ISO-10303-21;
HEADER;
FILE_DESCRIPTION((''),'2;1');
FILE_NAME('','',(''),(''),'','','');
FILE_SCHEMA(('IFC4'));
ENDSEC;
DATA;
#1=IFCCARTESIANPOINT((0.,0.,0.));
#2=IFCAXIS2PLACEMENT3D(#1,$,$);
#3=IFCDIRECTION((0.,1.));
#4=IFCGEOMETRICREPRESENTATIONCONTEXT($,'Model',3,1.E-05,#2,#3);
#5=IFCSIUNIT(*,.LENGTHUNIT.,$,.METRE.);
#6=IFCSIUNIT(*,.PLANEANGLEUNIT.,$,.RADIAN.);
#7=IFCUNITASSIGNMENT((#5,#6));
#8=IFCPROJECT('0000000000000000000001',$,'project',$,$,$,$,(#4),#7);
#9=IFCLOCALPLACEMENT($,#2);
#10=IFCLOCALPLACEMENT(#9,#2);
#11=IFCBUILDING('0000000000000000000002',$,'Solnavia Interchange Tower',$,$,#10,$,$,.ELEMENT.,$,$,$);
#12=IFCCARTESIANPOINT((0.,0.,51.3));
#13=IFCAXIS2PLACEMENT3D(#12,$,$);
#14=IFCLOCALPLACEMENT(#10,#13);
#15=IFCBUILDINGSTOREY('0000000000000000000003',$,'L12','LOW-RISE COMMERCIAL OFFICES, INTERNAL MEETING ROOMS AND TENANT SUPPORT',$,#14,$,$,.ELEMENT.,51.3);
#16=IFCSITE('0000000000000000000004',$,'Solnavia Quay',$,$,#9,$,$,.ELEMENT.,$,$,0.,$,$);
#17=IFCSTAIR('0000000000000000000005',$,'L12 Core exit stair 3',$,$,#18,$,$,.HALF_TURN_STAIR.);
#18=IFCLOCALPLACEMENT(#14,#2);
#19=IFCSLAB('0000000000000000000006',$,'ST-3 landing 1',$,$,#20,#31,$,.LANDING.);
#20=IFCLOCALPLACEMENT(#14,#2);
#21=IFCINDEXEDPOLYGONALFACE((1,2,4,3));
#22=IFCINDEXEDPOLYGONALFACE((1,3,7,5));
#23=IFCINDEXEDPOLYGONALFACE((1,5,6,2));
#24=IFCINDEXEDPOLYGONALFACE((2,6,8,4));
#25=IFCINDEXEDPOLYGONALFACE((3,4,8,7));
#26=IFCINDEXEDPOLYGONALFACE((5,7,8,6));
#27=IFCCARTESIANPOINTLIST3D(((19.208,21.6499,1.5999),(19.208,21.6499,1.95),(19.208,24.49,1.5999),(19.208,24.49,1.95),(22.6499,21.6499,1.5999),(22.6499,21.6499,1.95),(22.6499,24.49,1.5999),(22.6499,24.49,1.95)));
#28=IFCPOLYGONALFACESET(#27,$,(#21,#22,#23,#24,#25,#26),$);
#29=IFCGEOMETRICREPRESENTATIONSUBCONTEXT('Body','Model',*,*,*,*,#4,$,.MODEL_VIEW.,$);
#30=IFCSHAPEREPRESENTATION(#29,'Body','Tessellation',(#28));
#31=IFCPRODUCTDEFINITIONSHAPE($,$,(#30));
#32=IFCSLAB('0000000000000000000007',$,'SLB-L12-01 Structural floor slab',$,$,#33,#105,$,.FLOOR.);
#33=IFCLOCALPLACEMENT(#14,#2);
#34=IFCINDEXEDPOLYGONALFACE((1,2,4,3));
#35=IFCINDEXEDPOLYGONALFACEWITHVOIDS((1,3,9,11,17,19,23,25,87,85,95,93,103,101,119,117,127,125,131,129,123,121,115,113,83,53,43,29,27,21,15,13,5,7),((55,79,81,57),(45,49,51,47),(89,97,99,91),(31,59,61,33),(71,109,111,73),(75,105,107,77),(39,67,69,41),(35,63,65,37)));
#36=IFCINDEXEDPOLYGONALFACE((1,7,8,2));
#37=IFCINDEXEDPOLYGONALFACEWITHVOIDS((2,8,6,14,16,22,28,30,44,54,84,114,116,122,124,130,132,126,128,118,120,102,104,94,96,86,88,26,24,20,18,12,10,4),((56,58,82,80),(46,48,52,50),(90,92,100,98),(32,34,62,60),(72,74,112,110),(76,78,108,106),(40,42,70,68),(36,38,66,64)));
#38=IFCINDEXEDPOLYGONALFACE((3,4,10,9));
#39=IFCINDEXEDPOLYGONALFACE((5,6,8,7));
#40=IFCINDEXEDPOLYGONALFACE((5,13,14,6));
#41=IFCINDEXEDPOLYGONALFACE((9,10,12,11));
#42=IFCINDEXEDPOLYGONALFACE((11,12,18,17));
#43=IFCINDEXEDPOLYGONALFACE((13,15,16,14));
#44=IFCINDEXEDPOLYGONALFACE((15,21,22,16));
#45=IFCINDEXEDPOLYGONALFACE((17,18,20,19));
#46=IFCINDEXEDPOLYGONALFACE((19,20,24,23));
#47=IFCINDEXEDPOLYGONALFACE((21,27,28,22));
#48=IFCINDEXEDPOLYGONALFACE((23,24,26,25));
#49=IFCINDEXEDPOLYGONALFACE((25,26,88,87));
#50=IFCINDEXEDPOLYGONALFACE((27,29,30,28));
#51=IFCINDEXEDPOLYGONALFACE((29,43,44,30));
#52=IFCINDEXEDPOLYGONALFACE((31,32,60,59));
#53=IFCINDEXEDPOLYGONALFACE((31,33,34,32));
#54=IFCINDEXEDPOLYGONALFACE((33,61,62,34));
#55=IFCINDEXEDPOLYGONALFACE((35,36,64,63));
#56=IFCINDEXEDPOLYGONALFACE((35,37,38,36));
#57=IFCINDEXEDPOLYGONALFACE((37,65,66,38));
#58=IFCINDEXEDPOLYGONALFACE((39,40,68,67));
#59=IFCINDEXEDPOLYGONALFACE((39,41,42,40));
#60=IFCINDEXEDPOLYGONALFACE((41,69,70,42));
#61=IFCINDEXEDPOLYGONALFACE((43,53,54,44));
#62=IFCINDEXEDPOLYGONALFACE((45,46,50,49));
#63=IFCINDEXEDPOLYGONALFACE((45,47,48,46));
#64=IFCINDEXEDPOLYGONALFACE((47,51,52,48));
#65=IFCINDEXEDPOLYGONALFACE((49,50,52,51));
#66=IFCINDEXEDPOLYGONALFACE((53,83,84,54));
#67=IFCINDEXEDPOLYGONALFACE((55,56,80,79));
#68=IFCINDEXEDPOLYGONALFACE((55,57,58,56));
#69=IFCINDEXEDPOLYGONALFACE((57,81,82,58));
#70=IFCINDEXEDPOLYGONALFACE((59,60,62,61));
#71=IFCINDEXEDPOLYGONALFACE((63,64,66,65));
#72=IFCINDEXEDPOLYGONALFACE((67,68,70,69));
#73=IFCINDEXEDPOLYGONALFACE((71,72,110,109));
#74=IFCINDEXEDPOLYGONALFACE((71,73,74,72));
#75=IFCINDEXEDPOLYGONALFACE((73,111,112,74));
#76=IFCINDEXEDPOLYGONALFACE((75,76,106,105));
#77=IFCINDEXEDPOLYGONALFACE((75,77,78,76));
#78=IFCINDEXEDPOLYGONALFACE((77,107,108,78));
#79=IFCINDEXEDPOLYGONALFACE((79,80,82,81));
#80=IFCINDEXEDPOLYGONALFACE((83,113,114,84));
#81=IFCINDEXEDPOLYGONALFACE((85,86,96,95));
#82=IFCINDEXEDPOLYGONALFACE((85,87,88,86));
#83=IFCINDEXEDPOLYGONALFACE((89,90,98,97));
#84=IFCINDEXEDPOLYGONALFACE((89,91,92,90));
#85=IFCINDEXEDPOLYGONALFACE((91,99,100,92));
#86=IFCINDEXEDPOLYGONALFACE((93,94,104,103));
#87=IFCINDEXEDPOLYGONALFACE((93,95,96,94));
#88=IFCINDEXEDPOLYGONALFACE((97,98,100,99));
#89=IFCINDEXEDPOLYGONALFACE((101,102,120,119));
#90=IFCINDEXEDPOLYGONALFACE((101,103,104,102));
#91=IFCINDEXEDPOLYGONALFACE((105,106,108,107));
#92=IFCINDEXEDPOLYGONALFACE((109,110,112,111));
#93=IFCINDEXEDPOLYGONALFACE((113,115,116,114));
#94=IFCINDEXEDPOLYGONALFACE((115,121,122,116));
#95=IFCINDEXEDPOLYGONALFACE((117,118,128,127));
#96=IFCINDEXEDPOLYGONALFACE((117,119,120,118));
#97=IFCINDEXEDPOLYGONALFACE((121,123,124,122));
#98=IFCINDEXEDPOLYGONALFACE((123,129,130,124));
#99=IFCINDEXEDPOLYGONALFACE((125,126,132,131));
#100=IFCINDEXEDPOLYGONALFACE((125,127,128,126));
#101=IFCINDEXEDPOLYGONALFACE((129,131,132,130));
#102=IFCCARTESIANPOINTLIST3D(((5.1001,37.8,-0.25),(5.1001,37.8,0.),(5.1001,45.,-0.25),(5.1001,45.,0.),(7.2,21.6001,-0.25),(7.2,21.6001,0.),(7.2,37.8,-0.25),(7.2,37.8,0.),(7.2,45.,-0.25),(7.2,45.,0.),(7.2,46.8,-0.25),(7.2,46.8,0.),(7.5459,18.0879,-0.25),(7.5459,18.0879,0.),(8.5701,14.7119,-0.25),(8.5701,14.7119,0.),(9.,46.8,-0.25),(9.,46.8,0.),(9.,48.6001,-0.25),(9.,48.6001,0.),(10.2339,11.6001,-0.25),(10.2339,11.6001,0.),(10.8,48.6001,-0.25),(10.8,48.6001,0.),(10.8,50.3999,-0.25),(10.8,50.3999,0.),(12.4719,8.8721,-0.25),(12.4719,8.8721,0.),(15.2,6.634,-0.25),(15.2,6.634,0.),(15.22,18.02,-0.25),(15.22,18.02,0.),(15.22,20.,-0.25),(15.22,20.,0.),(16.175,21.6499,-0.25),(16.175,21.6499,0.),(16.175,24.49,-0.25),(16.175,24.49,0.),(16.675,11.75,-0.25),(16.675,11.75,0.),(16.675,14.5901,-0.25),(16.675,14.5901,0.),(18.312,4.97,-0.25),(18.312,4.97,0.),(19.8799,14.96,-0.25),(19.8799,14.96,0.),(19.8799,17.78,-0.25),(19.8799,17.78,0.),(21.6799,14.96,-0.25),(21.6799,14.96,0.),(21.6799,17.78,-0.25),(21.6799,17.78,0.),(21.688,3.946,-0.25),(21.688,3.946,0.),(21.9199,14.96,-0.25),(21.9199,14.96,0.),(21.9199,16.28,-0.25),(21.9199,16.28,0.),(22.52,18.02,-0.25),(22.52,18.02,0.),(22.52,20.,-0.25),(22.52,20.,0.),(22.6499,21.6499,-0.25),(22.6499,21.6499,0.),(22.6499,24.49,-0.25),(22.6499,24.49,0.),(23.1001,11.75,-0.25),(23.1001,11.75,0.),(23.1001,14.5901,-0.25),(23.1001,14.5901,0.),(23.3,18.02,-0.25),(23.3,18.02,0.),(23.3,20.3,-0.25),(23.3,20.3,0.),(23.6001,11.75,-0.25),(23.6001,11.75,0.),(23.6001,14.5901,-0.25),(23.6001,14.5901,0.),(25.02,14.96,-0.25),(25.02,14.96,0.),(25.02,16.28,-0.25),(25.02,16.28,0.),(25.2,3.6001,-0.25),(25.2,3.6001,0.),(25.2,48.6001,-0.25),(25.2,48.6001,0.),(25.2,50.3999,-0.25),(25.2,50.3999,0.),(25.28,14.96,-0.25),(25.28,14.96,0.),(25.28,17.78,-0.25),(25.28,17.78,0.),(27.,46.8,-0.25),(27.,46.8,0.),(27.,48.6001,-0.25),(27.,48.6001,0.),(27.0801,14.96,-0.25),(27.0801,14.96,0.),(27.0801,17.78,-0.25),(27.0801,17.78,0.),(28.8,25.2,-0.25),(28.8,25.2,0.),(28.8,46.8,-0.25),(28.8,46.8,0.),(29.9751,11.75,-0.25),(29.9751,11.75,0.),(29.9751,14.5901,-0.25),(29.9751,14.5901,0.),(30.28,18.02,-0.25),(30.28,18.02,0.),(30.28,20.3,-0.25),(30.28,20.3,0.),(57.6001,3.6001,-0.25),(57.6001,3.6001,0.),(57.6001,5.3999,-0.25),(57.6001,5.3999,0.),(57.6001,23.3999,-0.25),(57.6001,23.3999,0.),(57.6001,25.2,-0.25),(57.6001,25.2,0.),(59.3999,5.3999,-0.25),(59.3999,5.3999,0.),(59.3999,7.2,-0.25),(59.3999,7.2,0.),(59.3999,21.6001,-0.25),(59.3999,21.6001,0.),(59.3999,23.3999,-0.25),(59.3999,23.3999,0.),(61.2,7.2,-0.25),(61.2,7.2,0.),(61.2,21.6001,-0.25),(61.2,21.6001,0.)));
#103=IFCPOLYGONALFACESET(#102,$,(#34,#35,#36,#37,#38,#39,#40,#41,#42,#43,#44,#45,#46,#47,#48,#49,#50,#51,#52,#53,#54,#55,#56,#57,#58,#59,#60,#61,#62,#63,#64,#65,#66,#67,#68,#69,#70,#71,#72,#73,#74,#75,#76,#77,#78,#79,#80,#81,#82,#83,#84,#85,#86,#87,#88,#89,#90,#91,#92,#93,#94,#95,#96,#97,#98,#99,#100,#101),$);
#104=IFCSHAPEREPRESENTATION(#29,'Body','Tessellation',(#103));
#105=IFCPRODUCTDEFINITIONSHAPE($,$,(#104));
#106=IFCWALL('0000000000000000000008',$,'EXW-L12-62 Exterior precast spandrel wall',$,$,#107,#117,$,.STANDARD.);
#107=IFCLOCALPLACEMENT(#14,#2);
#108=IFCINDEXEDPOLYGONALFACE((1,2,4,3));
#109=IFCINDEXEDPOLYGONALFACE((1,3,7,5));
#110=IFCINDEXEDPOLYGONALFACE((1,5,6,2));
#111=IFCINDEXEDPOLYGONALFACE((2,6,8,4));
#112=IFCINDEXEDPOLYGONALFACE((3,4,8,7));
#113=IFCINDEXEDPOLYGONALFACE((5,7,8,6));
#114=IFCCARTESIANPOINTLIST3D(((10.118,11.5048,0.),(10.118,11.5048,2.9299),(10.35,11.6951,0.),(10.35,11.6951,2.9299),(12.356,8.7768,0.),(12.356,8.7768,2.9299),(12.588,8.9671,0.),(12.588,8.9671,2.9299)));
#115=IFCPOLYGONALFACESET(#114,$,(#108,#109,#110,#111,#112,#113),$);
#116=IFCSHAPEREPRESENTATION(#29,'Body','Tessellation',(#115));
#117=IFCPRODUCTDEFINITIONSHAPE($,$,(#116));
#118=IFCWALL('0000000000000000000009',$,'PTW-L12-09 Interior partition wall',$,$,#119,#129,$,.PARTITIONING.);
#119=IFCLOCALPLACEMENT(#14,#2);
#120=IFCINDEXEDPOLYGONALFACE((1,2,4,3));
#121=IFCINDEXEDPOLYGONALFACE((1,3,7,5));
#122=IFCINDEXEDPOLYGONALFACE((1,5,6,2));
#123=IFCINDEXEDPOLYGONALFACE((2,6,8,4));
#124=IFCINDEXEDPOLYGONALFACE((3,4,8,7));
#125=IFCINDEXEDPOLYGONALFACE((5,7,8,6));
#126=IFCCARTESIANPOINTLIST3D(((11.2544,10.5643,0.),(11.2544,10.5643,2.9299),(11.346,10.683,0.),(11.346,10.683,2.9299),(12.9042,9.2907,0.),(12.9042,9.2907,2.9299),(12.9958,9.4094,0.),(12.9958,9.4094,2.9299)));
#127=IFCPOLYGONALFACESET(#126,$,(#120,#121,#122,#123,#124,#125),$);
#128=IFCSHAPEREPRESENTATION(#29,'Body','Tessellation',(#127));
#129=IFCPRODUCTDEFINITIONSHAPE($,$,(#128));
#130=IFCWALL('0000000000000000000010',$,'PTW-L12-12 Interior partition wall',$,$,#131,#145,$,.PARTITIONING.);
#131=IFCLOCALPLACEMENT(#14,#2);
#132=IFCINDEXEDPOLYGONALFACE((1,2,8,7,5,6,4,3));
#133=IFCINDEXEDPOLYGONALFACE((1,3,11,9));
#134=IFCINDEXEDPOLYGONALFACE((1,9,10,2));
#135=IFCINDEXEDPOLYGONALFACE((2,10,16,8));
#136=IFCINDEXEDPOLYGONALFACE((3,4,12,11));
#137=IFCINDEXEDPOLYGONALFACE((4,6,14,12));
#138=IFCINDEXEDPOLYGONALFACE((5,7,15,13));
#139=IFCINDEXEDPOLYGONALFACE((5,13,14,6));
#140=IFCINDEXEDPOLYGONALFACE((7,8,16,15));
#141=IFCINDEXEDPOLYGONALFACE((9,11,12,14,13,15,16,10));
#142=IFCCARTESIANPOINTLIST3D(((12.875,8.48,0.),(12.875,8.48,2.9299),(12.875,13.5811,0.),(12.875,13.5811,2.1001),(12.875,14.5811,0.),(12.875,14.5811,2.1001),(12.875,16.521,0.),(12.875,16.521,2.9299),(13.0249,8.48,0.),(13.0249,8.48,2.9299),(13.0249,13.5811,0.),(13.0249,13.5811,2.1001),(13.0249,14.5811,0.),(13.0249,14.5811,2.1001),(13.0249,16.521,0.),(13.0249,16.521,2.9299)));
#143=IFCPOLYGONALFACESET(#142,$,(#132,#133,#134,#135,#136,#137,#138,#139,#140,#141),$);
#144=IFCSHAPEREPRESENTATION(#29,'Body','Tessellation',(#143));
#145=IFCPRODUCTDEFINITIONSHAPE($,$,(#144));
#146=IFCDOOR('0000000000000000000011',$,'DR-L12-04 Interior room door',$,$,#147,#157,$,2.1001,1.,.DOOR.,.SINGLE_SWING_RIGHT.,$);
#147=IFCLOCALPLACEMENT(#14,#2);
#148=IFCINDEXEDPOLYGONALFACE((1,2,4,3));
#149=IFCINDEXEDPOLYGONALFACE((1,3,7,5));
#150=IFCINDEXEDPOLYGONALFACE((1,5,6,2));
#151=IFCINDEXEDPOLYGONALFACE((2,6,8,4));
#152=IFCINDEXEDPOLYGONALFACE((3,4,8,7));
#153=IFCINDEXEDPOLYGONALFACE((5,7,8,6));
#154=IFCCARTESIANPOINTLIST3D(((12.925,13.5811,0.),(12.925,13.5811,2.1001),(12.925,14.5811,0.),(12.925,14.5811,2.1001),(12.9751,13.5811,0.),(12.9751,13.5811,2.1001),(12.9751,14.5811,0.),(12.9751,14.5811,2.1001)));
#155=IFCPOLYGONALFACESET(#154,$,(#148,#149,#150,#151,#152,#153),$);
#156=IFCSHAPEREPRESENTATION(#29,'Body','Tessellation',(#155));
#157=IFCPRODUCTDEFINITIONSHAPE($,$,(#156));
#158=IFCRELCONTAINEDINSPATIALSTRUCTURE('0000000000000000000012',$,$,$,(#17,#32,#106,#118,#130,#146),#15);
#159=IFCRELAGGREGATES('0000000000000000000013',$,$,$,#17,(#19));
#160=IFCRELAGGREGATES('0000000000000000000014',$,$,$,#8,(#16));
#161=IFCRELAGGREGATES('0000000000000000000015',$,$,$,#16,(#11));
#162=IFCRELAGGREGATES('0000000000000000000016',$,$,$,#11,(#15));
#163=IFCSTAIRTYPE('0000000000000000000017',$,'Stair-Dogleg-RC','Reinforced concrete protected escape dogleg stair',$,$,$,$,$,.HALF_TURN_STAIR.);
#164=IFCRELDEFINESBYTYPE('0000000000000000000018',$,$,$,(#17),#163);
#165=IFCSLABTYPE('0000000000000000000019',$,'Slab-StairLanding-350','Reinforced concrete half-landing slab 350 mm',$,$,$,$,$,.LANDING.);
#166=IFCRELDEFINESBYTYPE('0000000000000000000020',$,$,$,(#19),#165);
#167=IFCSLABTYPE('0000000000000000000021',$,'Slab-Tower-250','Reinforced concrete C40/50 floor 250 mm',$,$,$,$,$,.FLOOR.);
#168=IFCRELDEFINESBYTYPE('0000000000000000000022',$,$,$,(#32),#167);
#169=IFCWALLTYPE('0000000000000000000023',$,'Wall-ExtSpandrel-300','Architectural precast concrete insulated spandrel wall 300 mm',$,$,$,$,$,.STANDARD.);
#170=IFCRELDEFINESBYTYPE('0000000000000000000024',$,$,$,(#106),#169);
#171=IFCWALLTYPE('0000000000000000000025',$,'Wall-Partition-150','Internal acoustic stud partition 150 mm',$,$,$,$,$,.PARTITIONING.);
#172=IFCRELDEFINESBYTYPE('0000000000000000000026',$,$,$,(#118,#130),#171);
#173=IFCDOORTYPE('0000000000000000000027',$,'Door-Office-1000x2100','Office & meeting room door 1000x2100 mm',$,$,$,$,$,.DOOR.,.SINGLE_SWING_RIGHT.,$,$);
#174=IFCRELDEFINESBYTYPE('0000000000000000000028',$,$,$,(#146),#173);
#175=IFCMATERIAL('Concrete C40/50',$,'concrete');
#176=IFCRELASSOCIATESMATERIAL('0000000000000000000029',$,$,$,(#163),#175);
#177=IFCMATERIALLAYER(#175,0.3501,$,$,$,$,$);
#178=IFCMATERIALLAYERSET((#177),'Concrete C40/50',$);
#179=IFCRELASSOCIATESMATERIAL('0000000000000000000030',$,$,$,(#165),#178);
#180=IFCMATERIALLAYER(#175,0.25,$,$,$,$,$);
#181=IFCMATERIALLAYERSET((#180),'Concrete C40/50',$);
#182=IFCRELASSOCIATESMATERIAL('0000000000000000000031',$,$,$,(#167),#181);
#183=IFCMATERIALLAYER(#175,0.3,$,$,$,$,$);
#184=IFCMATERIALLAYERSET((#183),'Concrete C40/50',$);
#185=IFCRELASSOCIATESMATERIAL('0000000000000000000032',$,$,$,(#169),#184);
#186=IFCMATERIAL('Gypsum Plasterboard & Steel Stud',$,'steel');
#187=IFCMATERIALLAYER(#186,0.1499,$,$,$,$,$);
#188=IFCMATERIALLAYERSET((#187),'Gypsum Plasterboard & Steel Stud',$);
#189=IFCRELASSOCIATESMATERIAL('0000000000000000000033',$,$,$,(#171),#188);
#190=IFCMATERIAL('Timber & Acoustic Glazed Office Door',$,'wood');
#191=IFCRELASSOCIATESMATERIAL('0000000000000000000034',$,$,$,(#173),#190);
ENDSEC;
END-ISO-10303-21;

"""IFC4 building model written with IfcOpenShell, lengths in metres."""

from ifc_helpers import new_model, si_unit, direction, frame, frame_2d, origin, place, context, subcontext, project, spatial, polyline, rectangle, outline, extrude, material, layer, layer_set, type_object, element, fill, aggregate, save


model = new_model("IFC4")

# Units and contexts
model_context = context("Model", 3, precision=1e-05, world=origin(), true_north=direction((0.0, 1.0)))
body_context = subcontext(model_context, "Body", "Model", "MODEL_VIEW")
ifc_project = project(units=[si_unit("LENGTHUNIT", "METRE"), si_unit("PLANEANGLEUNIT", "RADIAN")], contexts=[model_context])

# Site, building, storey
site_placement = place(None, origin())
site = spatial("IfcSite", under=ifc_project, at=site_placement, Name="Solnavia Quay", CompositionType="ELEMENT", RefElevation=0.0)
building_placement = place(site_placement, origin())
building = spatial("IfcBuilding", under=site, at=building_placement, Name="Solnavia Interchange Tower", CompositionType="ELEMENT")
storey_placement = place(building_placement, frame((0.0, 0.0, 51.3)))
storey = spatial("IfcBuildingStorey", under=building, at=storey_placement, Name="L12", Description="LOW-RISE COMMERCIAL OFFICES, INTERNAL MEETING ROOMS AND TENANT SUPPORT", CompositionType="ELEMENT", Elevation=51.3)

# Stair, slab
ifc_material_1 = material(Name="Concrete C40/50", Category="concrete")
stair_type = type_object("IfcStairType", Name="Stair-Dogleg-RC", Description="Reinforced concrete protected escape dogleg stair", PredefinedType="HALF_TURN_STAIR", material=ifc_material_1)
ifc_layer_1 = layer(ifc_material_1, 0.3501)
ifc_layer_set_1 = layer_set([ifc_layer_1], Name="Concrete C40/50")
slab_type_1 = type_object("IfcSlabType", Name="Slab-StairLanding-350", Description="Reinforced concrete half-landing slab 350 mm", PredefinedType="LANDING", material=ifc_layer_set_1)
stair_1_placement = place(storey_placement, origin())
stair_1 = element("IfcStair", 1, at=stair_1_placement, inside=storey, type_object=stair_type, Name="L12 Core exit stair 3", PredefinedType="HALF_TURN_STAIR")
slab_1_placement = place(storey_placement, frame((0.0, 0.0, 1.5999)))
slab_1 = element("IfcSlab", 2, at=slab_1_placement, type_object=slab_type_1, Name="ST-3 landing 1", PredefinedType="LANDING", context=body_context, shape_type="SweptSolid", body=[
    extrude(outline(polyline([(19.208, 21.6499), (22.6499, 21.6499), (22.6499, 24.49), (19.208, 24.49), (19.208, 21.6499)])), origin(), (0.0, 0.0, 1.0), 0.3501),
])
aggregate(stair_1, [slab_1])

# Slab
ifc_layer_2 = layer(ifc_material_1, 0.25)
ifc_layer_set_2 = layer_set([ifc_layer_2], Name="Concrete C40/50")
slab_type_2 = type_object("IfcSlabType", Name="Slab-Tower-250", Description="Reinforced concrete C40/50 floor 250 mm", PredefinedType="FLOOR", material=ifc_layer_set_2)
slab_2_placement = place(storey_placement, frame((0.0, 0.0, -0.25)))
element("IfcSlab", 3, at=slab_2_placement, inside=storey, type_object=slab_type_2, Name="SLB-L12-01 Structural floor slab", PredefinedType="FLOOR", context=body_context, shape_type="SweptSolid", body=[
    extrude(outline(polyline([(25.2, 3.6001), (57.6001, 3.6001), (57.6001, 5.3999), (59.3999, 5.3999), (59.3999, 7.2), (61.2, 7.2), (61.2, 21.6001), (59.3999, 21.6001), (59.3999, 23.3999), (57.6001, 23.3999), (57.6001, 25.2), (28.8, 25.2), (28.8, 46.8), (27.0, 46.8), (27.0, 48.6001), (25.2, 48.6001), (25.2, 50.3999), (10.8, 50.3999), (10.8, 48.6001), (9.0, 48.6001), (9.0, 46.8), (7.2, 46.8), (7.2, 45.0), (5.1001, 45.0), (5.1001, 37.8), (7.2, 37.8), (7.2, 21.6001), (7.5459, 18.0879), (8.5701, 14.7119), (10.2339, 11.6001), (12.4719, 8.8721), (15.2, 6.634), (18.312, 4.97), (21.688, 3.946), (25.2, 3.6001)]), holes=[polyline([(16.675, 11.75), (23.1001, 11.75), (23.1001, 14.5901), (16.675, 14.5901), (16.675, 11.75)]), polyline([(23.6001, 11.75), (29.9751, 11.75), (29.9751, 14.5901), (23.6001, 14.5901), (23.6001, 11.75)]), polyline([(16.175, 21.6499), (22.6499, 21.6499), (22.6499, 24.49), (16.175, 24.49), (16.175, 21.6499)]), polyline([(19.8799, 14.96), (21.6799, 14.96), (21.6799, 17.78), (19.8799, 17.78), (19.8799, 14.96)]), polyline([(25.28, 14.96), (27.0801, 14.96), (27.0801, 17.78), (25.28, 17.78), (25.28, 14.96)]), polyline([(21.9199, 14.96), (25.02, 14.96), (25.02, 16.28), (21.9199, 16.28), (21.9199, 14.96)]), polyline([(15.22, 18.02), (22.52, 18.02), (22.52, 20.0), (15.22, 20.0), (15.22, 18.02)]), polyline([(23.3, 18.02), (30.28, 18.02), (30.28, 20.3), (23.3, 20.3), (23.3, 18.02)])]), origin(), (0.0, 0.0, 1.0), 0.25),
])

# Walls
ifc_layer_3 = layer(ifc_material_1, 0.3)
ifc_layer_set_3 = layer_set([ifc_layer_3], Name="Concrete C40/50")
wall_type_1 = type_object("IfcWallType", Name="Wall-ExtSpandrel-300", Description="Architectural precast concrete insulated spandrel wall 300 mm", PredefinedType="STANDARD", material=ifc_layer_set_3)
wall_1_placement = place(storey_placement, frame((12.4719, 8.8721, 0.0), z_axis=(0.0, 0.0, 1.0), x_axis=(-0.634258, 0.773121, 0.0)))
element("IfcWall", 4, at=wall_1_placement, inside=storey, type_object=wall_type_1, Name="EXW-L12-62 Exterior precast spandrel wall", PredefinedType="STANDARD", context=body_context, shape_type="SweptSolid", body=[
    extrude(rectangle(XDim=3.5286, YDim=0.3, at=frame_2d((1.7642, 0.0))), origin(), (0.0, 0.0, 1.0), 2.9299),
])
ifc_material_2 = material(Name="Gypsum Plasterboard & Steel Stud", Category="steel")
ifc_layer_4 = layer(ifc_material_2, 0.1499)
ifc_layer_set_4 = layer_set([ifc_layer_4], Name="Gypsum Plasterboard & Steel Stud")
wall_type_2 = type_object("IfcWallType", Name="Wall-Partition-150", Description="Internal acoustic stud partition 150 mm", PredefinedType="PARTITIONING", material=ifc_layer_set_4)
wall_2_placement = place(storey_placement, frame((12.95, 9.3501, 0.0), z_axis=(0.0, 0.0, 1.0), x_axis=(-0.791573, 0.611074, 0.0)))
element("IfcWall", 5, at=wall_2_placement, inside=storey, type_object=wall_type_2, Name="PTW-L12-09 Interior partition wall", PredefinedType="PARTITIONING", context=body_context, shape_type="SweptSolid", body=[
    extrude(rectangle(XDim=2.0842, YDim=0.1499, at=frame_2d((1.042, 0.0))), origin(), (0.0, 0.0, 1.0), 2.9299),
])

# Wall, opening, door
wall_3_placement = place(storey_placement, frame((12.95, 8.48, 0.0), z_axis=(0.0, 0.0, 1.0), x_axis=(0.0, 1.0, 0.0)))
wall_3 = element("IfcWall", 6, at=wall_3_placement, inside=storey, type_object=wall_type_2, Name="PTW-L12-12 Interior partition wall", PredefinedType="PARTITIONING", context=body_context, shape_type="SweptSolid", body=[
    extrude(rectangle(XDim=8.041, YDim=0.1499, at=frame_2d((4.0205, 0.0))), origin(), (0.0, 0.0, 1.0), 2.9299),
])
opening_1_placement = place(wall_3_placement, frame((5.1011, 0.0, 0.0)))
opening_1 = element("IfcOpeningElement", 7, at=opening_1_placement, cuts=wall_3, PredefinedType="OPENING", context=body_context, shape_type="SweptSolid", body=[
    extrude(rectangle(XDim=1.0, YDim=2.1001, at=frame_2d((0.5, 1.05))), frame((0.0, 0.085, 0.0), z_axis=(0.0, -1.0, 0.0), x_axis=(1.0, 0.0, 0.0)), (0.0, 0.0, 1.0), 0.1699),
])
ifc_material_3 = material(Name="Timber & Acoustic Glazed Office Door", Category="wood")
door_type = type_object("IfcDoorType", Name="Door-Office-1000x2100", Description="Office & meeting room door 1000x2100 mm", OperationType="SINGLE_SWING_RIGHT", PredefinedType="DOOR", material=ifc_material_3)
door_1_placement = place(opening_1_placement, origin())
door_1 = element("IfcDoor", 8, at=door_1_placement, inside=storey, type_object=door_type, Name="DR-L12-04 Interior room door", OperationType="SINGLE_SWING_RIGHT", OverallHeight=2.1001, OverallWidth=1.0, PredefinedType="DOOR", context=body_context, shape_type="SweptSolid", body=[
    extrude(rectangle(XDim=1.0, YDim=2.1001, at=frame_2d((0.5, 1.05))), frame((0.0, 0.0249, 0.0), z_axis=(0.0, -1.0, 0.0), x_axis=(1.0, 0.0, 0.0)), (0.0, 0.0, 1.0), 0.05),
])
fill(opening_1, door_1)

save(model, "model.ifc")
